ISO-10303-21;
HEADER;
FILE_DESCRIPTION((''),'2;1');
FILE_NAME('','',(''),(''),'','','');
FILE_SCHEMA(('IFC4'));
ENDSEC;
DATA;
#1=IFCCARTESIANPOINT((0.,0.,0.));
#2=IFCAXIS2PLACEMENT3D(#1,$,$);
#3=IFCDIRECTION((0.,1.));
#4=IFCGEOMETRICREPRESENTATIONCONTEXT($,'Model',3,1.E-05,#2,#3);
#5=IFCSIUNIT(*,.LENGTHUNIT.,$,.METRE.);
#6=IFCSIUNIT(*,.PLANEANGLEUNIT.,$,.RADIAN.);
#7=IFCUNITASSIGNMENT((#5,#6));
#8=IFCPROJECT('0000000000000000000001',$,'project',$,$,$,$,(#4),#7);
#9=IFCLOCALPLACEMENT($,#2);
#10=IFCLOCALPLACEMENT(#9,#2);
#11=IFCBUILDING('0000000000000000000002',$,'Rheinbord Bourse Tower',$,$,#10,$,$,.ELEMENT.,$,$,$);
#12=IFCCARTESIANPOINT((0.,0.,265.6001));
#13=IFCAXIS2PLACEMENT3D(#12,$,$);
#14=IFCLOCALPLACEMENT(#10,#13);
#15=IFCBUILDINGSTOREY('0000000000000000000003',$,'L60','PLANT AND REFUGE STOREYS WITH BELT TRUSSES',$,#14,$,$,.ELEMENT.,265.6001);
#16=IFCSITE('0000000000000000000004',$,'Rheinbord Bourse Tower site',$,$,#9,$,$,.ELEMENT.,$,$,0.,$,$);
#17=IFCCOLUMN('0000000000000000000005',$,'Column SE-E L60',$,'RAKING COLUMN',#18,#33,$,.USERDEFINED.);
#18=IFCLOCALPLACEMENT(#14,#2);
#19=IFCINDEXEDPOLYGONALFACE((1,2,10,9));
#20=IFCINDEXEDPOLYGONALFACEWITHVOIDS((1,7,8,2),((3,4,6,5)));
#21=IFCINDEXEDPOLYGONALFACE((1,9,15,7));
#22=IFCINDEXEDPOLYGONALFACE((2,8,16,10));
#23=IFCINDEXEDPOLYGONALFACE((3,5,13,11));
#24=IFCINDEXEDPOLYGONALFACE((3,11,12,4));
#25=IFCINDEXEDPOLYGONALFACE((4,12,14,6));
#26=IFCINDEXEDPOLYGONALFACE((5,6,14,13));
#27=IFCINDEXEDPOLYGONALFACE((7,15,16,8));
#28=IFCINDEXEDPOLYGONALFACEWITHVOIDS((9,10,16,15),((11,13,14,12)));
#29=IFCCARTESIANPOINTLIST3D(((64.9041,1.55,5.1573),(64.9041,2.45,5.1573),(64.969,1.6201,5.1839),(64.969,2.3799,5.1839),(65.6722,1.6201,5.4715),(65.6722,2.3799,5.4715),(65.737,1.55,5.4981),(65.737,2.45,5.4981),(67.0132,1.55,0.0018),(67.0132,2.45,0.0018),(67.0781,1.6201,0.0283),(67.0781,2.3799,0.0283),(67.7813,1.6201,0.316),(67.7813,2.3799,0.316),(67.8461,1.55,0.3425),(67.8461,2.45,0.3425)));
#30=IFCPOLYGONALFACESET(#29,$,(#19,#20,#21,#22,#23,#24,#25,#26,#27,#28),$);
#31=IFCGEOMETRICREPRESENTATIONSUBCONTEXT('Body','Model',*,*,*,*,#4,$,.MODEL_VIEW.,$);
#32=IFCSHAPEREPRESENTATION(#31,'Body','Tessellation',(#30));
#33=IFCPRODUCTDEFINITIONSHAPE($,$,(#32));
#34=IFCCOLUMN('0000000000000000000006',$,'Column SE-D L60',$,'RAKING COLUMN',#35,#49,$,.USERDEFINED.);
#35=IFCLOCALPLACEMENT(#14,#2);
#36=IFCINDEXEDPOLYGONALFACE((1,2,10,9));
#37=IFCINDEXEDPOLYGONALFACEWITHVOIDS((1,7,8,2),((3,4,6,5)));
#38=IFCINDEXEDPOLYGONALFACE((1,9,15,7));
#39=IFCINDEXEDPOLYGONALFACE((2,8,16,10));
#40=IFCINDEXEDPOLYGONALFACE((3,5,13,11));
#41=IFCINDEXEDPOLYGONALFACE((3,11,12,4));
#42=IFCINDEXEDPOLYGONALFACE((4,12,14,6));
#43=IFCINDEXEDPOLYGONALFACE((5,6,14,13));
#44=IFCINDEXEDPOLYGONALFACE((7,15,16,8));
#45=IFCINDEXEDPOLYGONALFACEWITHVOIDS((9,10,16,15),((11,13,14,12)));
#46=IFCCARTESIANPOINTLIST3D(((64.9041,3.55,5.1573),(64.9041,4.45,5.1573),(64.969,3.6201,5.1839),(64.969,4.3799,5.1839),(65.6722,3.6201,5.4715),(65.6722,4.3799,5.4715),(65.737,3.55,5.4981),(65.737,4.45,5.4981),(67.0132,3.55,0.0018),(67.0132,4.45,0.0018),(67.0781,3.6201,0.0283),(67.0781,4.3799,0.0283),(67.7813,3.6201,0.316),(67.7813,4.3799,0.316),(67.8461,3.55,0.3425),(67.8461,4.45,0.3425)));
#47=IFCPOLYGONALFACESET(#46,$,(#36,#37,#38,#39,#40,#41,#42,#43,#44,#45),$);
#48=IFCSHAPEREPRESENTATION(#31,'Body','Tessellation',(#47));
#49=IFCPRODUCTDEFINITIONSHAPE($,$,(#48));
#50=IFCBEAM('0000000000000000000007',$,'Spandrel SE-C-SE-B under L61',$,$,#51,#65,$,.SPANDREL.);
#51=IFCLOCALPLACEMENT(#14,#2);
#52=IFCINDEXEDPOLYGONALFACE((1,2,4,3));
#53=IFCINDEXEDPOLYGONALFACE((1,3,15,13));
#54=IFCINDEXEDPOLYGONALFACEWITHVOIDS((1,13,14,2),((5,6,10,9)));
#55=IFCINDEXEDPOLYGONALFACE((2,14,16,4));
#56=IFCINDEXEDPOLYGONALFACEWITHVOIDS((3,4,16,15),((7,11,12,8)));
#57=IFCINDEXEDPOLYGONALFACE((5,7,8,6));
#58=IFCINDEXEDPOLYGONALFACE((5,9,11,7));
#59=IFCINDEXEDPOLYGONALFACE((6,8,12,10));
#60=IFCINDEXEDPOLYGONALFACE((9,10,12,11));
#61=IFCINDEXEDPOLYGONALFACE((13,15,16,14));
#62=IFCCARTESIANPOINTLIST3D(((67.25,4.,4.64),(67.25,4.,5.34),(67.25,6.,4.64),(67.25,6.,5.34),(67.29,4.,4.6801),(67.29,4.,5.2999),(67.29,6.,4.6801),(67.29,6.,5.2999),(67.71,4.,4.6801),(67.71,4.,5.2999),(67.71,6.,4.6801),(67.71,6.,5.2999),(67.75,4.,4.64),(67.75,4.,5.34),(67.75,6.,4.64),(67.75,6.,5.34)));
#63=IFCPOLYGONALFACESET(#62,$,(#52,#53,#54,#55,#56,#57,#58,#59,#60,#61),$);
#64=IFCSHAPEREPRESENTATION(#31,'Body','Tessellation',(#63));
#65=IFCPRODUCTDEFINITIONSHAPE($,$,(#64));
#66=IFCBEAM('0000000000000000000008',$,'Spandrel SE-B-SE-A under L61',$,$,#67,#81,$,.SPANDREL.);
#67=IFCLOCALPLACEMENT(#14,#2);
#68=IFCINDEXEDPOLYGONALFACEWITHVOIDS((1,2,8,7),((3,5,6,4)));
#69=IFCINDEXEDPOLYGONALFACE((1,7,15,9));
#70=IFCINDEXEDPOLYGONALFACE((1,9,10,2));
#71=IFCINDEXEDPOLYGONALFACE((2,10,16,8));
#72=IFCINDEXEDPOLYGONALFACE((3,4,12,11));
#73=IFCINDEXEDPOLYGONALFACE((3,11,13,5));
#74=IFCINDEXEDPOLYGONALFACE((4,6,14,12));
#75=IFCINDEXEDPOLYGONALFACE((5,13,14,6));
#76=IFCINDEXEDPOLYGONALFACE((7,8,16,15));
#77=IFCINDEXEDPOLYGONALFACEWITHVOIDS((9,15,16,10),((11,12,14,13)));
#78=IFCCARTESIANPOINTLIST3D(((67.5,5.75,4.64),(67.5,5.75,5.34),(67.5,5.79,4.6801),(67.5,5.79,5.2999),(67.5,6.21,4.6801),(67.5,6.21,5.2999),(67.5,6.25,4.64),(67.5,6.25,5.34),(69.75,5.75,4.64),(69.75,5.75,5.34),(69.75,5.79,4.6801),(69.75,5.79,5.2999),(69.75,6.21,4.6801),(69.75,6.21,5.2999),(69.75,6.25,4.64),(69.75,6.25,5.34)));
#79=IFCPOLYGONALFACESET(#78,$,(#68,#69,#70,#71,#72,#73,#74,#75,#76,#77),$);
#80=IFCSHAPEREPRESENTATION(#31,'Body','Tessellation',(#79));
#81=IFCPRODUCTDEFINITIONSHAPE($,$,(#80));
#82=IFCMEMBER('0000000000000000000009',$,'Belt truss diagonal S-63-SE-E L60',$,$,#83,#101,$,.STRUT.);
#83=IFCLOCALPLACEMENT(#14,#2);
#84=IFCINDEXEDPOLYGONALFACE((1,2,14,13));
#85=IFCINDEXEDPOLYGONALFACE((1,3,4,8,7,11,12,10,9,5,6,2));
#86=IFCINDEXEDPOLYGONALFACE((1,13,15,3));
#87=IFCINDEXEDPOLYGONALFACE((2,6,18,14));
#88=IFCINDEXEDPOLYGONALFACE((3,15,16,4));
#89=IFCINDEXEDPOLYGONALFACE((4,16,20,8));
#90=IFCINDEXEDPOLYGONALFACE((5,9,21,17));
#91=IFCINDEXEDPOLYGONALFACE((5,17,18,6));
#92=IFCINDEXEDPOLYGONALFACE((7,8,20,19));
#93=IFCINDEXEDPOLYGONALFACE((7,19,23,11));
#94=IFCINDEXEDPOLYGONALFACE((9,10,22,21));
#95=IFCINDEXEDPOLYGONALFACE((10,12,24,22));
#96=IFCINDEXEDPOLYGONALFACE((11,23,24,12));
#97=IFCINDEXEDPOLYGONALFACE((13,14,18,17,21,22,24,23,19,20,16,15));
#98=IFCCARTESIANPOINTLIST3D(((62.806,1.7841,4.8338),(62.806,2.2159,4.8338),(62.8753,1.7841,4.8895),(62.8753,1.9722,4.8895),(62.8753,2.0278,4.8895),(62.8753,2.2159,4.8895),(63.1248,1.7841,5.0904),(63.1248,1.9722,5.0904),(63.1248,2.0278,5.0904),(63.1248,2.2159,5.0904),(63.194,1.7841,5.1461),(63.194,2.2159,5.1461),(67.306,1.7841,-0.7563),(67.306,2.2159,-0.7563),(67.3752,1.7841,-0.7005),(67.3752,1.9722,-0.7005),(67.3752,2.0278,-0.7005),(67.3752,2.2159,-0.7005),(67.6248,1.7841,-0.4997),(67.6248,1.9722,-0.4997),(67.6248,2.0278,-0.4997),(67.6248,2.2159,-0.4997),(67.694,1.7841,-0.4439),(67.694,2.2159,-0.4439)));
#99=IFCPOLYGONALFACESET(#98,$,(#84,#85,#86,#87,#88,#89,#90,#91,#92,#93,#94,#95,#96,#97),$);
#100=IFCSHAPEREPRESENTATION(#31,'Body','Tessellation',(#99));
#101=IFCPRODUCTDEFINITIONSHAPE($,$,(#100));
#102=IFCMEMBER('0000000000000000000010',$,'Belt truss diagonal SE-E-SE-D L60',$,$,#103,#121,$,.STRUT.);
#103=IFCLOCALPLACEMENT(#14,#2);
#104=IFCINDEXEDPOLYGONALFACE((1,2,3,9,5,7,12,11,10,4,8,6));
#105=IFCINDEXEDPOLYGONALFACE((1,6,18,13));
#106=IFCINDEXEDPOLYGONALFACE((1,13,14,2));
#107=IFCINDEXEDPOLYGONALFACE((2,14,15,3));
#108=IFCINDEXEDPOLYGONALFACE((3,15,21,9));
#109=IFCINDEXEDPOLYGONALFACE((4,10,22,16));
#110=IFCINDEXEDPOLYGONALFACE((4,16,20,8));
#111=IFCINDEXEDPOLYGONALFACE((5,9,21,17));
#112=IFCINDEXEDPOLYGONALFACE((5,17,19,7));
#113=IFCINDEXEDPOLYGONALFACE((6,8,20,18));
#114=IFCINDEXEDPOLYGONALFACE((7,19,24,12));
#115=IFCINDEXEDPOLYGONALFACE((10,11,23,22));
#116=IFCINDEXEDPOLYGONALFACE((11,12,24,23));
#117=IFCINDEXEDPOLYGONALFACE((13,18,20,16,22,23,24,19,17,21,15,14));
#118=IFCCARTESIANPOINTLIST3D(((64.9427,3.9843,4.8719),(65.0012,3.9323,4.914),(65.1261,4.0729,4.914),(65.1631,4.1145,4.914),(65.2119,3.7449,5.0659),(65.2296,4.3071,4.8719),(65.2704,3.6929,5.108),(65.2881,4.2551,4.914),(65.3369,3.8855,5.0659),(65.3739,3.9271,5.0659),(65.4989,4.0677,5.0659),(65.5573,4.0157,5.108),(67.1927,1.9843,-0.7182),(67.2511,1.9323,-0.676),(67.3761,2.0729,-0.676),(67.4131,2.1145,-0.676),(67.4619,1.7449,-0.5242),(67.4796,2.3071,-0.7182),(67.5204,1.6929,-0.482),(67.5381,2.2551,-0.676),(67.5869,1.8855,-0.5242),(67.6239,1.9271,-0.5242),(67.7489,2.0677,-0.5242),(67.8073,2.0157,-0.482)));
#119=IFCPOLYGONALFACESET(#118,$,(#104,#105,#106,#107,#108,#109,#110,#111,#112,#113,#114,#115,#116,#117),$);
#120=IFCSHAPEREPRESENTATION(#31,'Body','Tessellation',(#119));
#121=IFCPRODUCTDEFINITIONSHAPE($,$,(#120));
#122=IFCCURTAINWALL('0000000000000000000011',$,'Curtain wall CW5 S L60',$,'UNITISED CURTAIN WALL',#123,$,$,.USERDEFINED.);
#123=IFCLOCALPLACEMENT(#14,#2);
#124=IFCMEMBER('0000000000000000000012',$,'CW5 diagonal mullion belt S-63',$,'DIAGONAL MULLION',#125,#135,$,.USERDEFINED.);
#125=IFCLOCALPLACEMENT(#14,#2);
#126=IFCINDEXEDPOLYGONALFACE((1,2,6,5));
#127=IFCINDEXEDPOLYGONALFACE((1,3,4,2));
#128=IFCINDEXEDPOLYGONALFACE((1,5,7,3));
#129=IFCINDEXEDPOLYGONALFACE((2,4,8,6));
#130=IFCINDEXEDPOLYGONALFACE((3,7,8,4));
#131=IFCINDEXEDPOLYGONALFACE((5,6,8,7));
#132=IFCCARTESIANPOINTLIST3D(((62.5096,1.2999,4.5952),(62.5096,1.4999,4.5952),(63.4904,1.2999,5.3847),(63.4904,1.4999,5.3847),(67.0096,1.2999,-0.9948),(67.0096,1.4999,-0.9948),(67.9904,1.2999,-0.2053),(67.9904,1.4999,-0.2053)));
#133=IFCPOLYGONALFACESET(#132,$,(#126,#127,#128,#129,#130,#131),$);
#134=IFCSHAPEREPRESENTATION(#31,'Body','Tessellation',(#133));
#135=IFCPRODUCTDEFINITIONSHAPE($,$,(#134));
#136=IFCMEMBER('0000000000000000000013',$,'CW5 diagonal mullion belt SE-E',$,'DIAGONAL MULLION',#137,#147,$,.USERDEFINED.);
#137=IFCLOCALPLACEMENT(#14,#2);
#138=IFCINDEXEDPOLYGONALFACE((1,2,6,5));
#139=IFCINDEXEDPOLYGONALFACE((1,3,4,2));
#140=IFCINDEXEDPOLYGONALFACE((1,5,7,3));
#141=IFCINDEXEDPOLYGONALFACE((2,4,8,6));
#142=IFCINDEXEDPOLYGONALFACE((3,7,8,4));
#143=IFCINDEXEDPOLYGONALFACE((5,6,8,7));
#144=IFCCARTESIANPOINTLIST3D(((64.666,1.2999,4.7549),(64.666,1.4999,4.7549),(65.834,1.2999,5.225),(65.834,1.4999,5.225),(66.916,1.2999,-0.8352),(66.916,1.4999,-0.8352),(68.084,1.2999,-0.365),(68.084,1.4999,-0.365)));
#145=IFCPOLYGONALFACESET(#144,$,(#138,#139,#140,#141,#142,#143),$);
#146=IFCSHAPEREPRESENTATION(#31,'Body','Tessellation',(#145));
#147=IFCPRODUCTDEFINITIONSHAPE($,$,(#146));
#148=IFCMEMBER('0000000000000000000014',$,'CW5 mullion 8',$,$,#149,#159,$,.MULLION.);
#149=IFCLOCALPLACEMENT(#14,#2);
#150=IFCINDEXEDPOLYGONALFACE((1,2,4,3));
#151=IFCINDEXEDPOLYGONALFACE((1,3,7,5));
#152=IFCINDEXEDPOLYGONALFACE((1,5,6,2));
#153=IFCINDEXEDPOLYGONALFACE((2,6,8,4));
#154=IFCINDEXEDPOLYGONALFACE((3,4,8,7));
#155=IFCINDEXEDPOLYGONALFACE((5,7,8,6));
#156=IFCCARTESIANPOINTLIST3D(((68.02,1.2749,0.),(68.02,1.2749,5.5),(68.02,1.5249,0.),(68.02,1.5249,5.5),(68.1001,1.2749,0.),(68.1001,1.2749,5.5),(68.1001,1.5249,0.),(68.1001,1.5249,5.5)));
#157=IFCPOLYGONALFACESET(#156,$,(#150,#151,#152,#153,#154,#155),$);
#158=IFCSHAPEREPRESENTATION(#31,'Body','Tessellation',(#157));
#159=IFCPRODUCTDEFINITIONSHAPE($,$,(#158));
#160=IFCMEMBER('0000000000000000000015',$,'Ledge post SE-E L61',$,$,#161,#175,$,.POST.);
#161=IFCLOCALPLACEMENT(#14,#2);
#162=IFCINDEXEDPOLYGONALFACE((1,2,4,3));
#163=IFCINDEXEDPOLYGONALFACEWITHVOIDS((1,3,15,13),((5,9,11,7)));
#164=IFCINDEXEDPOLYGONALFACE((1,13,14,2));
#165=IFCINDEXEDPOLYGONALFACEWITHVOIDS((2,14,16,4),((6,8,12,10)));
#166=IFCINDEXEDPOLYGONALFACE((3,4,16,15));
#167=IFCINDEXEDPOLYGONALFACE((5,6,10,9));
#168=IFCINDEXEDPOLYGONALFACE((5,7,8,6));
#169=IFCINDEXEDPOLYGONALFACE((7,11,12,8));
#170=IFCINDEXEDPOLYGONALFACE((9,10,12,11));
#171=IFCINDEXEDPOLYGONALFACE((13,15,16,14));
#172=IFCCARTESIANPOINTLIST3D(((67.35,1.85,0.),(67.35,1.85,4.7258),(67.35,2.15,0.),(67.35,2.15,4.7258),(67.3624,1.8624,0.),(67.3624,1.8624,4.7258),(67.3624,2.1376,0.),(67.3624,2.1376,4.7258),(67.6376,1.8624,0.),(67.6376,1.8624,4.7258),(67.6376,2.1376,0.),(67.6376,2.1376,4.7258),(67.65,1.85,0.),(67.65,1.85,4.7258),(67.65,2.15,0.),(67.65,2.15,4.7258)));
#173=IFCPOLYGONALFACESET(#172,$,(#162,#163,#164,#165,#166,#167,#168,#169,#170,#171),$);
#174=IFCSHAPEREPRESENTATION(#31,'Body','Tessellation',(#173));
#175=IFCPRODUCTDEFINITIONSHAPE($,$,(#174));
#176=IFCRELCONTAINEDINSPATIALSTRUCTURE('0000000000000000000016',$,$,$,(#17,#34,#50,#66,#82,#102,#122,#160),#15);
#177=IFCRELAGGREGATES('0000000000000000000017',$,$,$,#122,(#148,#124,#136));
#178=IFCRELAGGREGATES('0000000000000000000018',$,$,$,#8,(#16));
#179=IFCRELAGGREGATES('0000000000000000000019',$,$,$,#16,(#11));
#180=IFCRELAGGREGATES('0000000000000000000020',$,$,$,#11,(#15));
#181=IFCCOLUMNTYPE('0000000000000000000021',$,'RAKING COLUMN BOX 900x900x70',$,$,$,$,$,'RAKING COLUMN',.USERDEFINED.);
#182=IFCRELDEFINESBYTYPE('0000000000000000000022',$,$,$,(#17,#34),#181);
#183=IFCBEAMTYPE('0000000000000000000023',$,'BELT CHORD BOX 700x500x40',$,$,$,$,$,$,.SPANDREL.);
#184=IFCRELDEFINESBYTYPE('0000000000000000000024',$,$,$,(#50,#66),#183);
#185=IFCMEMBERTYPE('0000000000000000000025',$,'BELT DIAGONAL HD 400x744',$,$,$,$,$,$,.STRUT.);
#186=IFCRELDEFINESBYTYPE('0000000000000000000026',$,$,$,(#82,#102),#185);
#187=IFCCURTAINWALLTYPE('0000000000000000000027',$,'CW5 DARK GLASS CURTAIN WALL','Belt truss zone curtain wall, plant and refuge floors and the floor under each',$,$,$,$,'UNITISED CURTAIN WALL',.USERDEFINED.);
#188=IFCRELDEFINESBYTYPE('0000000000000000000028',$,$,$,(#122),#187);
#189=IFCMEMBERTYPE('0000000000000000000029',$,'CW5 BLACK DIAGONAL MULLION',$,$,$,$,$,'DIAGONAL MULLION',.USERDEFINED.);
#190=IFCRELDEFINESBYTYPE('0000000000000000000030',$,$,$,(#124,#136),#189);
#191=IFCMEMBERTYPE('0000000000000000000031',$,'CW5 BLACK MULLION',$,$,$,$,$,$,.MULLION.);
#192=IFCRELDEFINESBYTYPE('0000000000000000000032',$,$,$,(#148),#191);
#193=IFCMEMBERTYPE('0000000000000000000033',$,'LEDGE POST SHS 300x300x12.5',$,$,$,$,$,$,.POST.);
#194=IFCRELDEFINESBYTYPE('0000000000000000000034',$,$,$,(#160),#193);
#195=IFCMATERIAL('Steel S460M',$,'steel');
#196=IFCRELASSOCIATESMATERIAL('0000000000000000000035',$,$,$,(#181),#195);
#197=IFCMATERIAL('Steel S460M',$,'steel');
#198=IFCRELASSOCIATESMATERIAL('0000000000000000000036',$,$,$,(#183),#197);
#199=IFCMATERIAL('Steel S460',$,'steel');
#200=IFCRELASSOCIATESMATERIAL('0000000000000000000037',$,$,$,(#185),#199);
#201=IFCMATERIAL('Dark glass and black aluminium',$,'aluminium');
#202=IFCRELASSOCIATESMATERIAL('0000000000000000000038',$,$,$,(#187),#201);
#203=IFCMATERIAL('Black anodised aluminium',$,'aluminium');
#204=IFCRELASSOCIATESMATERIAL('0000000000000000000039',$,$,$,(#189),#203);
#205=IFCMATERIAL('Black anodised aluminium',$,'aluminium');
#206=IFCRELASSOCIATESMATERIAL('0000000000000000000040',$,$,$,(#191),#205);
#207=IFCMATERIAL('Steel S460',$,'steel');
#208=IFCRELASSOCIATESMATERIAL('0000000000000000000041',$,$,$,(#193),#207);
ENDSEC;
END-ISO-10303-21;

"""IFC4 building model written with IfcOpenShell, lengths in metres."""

from ifc_helpers import new_model, si_unit, direction, frame, origin, origin_2d, place, context, subcontext, project, spatial, rectangle, hollow_rectangle, i_section, extrude, material, material_profile, profile_set, type_object, element, aggregate, save


model = new_model("IFC4")

# Units and contexts
model_context = context("Model", 3, precision=1e-05, world=origin(), true_north=direction((0.0, 1.0)))
body_context = subcontext(model_context, "Body", "Model", "MODEL_VIEW")
ifc_project = project(units=[si_unit("LENGTHUNIT", "METRE"), si_unit("PLANEANGLEUNIT", "RADIAN")], contexts=[model_context])

# Site, building, storey
site_placement = place(None, origin())
site = spatial("IfcSite", under=ifc_project, at=site_placement, Name="Rheinbord Bourse Tower site", CompositionType="ELEMENT", RefElevation=0.0)
building_placement = place(site_placement, origin())
building = spatial("IfcBuilding", under=site, at=building_placement, Name="Rheinbord Bourse Tower", CompositionType="ELEMENT")
storey_placement = place(building_placement, frame((0.0, 0.0, 265.6001)))
storey = spatial("IfcBuildingStorey", under=building, at=storey_placement, Name="L60", Description="PLANT AND REFUGE STOREYS WITH BELT TRUSSES", CompositionType="ELEMENT", Elevation=265.6001)

# Columns
ifc_material_1 = material(Name="Steel S460M", Category="steel")
ifc_material_profile_1 = material_profile(ifc_material_1, hollow_rectangle(XDim=0.8999, YDim=0.8999, WallThickness=0.0701, at=origin_2d()), Name="BOX 900x900x70")
ifc_profile_set_1 = profile_set([ifc_material_profile_1], Name="Steel S460M")
column_type = type_object("IfcColumnType", Name="RAKING COLUMN BOX 900x900x70", ElementType="RAKING COLUMN", PredefinedType="USERDEFINED", material=ifc_profile_set_1)
for number, where, z_axis, x_axis, name in (
    (1, (67.4297, 2.0, 0.1721), (-0.378633, 0.0, 0.925547), (0.0, -1.0, 0.0), "Column SE-E L60"),
    (2, (67.4297, 4.0, 0.1721), (-0.378633, 0.0, 0.925547), (0.0, -1.0, 0.0), "Column SE-D L60"),
):
    element("IfcColumn", number, at=place(storey_placement, frame(where, z_axis=z_axis, x_axis=x_axis)), inside=storey, type_object=column_type, Name=name, ObjectType="RAKING COLUMN", PredefinedType="USERDEFINED", context=body_context, shape_type="SweptSolid", body=[
        extrude(hollow_rectangle(XDim=0.8999, YDim=0.8999, WallThickness=0.0701, at=origin_2d()), origin(), (0.0, 0.0, 1.0), 5.5703),
    ])

# Beams
ifc_material_2 = material(Name="Steel S460M", Category="steel")
ifc_material_profile_2 = material_profile(ifc_material_2, hollow_rectangle(XDim=0.5, YDim=0.7, WallThickness=0.04, at=origin_2d()), Name="BOX 700x500x40")
ifc_profile_set_2 = profile_set([ifc_material_profile_2], Name="Steel S460M")
beam_type = type_object("IfcBeamType", Name="BELT CHORD BOX 700x500x40", PredefinedType="SPANDREL", material=ifc_profile_set_2)
beam_1_placement = place(storey_placement, frame((67.5, 4.0, 4.99), z_axis=(0.0, 1.0, 0.0), x_axis=(-1.0, 0.0, 0.0)))
element("IfcBeam", 3, at=beam_1_placement, inside=storey, type_object=beam_type, Name="Spandrel SE-C-SE-B under L61", PredefinedType="SPANDREL", context=body_context, shape_type="SweptSolid", body=[
    extrude(hollow_rectangle(XDim=0.5, YDim=0.7, WallThickness=0.04, at=origin_2d()), origin(), (0.0, 0.0, 1.0), 2.0),
])
beam_2_placement = place(storey_placement, frame((67.5, 6.0, 4.99), z_axis=(1.0, 0.0, 0.0), x_axis=(0.0, 1.0, 0.0)))
element("IfcBeam", 4, at=beam_2_placement, inside=storey, type_object=beam_type, Name="Spandrel SE-B-SE-A under L61", PredefinedType="SPANDREL", context=body_context, shape_type="SweptSolid", body=[
    extrude(hollow_rectangle(XDim=0.5, YDim=0.7, WallThickness=0.04, at=origin_2d()), origin(), (0.0, 0.0, 1.0), 2.25),
])

# Members
ifc_material_3 = material(Name="Steel S460", Category="steel")
ifc_material_profile_3 = material_profile(ifc_material_3, i_section(OverallWidth=0.4319, OverallDepth=0.498, WebThickness=0.0557, FlangeThickness=0.0889, at=origin_2d()), Name="HD 400x744")
ifc_profile_set_3 = profile_set([ifc_material_profile_3], Name="Steel S460")
member_type_1 = type_object("IfcMemberType", Name="BELT DIAGONAL HD 400x744", PredefinedType="STRUT", material=ifc_profile_set_3)
member_1_placement = place(storey_placement, frame((67.5, 2.0, -0.6001), z_axis=(-0.627065, 0.0, 0.778967), x_axis=(0.0, -1.0, 0.0)))
element("IfcMember", 5, at=member_1_placement, inside=storey, type_object=member_type_1, Name="Belt truss diagonal S-63-SE-E L60", PredefinedType="STRUT", context=body_context, shape_type="SweptSolid", body=[
    extrude(i_section(OverallWidth=0.4319, OverallDepth=0.498, WebThickness=0.0557, FlangeThickness=0.0889, at=origin_2d()), origin(), (0.0, 0.0, 1.0), 7.1763),
])
member_2_placement = place(storey_placement, frame((67.5, 2.0, -0.6001), z_axis=(-0.354379, 0.315003, 0.880448), x_axis=(-0.664364, -0.747409, 0.0)))
element("IfcMember", 6, at=member_2_placement, inside=storey, type_object=member_type_1, Name="Belt truss diagonal SE-E-SE-D L60", PredefinedType="STRUT", context=body_context, shape_type="SweptSolid", body=[
    extrude(i_section(OverallWidth=0.4319, OverallDepth=0.498, WebThickness=0.0557, FlangeThickness=0.0889, at=origin_2d()), origin(), (0.0, 0.0, 1.0), 6.3491),
])

# Curtain wall, members
ifc_material_4 = material(Name="Dark glass and black aluminium", Category="aluminium")
curtain_wall_type = type_object("IfcCurtainWallType", Name="CW5 DARK GLASS CURTAIN WALL", Description="Belt truss zone curtain wall, plant and refuge floors and the floor under each", ElementType="UNITISED CURTAIN WALL", PredefinedType="USERDEFINED", material=ifc_material_4)
curtain_wall_placement = place(storey_placement, origin())
curtain_wall = element("IfcCurtainWall", 7, at=curtain_wall_placement, inside=storey, type_object=curtain_wall_type, Name="Curtain wall CW5 S L60", ObjectType="UNITISED CURTAIN WALL", PredefinedType="USERDEFINED")
ifc_material_5 = material(Name="Black anodised aluminium", Category="aluminium")
ifc_material_profile_4 = material_profile(ifc_material_5, rectangle(XDim=0.2, YDim=1.259, at=origin_2d()), Name="CW5 DIAGONAL MULLION 1259x200")
ifc_profile_set_4 = profile_set([ifc_material_profile_4], Name="Black anodised aluminium")
member_type_2 = type_object("IfcMemberType", Name="CW5 BLACK DIAGONAL MULLION", ElementType="DIAGONAL MULLION", PredefinedType="USERDEFINED", material=ifc_profile_set_4)
member_3_placement = place(storey_placement, frame((67.5, 1.3999, -0.6001), z_axis=(-0.627065, 0.0, 0.778967), x_axis=(0.0, -1.0, 0.0)))
member_3 = element("IfcMember", 8, at=member_3_placement, type_object=member_type_2, Name="CW5 diagonal mullion belt S-63", ObjectType="DIAGONAL MULLION", PredefinedType="USERDEFINED", context=body_context, shape_type="SweptSolid", body=[
    extrude(rectangle(XDim=0.2, YDim=1.259, at=origin_2d()), origin(), (0.0, 0.0, 1.0), 7.1763),
])
member_4_placement = place(storey_placement, frame((67.5, 1.3999, -0.6001), z_axis=(-0.373388, 0.0, 0.927675), x_axis=(0.0, -1.0, 0.0)))
member_4 = element("IfcMember", 9, at=member_4_placement, type_object=member_type_2, Name="CW5 diagonal mullion belt SE-E", ObjectType="DIAGONAL MULLION", PredefinedType="USERDEFINED", context=body_context, shape_type="SweptSolid", body=[
    extrude(rectangle(XDim=0.2, YDim=1.259, at=origin_2d()), origin(), (0.0, 0.0, 1.0), 6.0259),
])
ifc_material_6 = material(Name="Black anodised aluminium", Category="aluminium")
ifc_material_profile_5 = material_profile(ifc_material_6, rectangle(XDim=0.25, YDim=0.0801, at=origin_2d()), Name="CW5 MULLION 80x250")
ifc_profile_set_5 = profile_set([ifc_material_profile_5], Name="Black anodised aluminium")
member_type_3 = type_object("IfcMemberType", Name="CW5 BLACK MULLION", PredefinedType="MULLION", material=ifc_profile_set_5)
member_5_placement = place(storey_placement, frame((68.0601, 1.3999, 0.0), z_axis=(0.0, 0.0, 1.0), x_axis=(0.0, 1.0, 0.0)))
member_5 = element("IfcMember", 10, at=member_5_placement, type_object=member_type_3, Name="CW5 mullion 8", PredefinedType="MULLION", context=body_context, shape_type="SweptSolid", body=[
    extrude(rectangle(XDim=0.25, YDim=0.0801, at=origin_2d()), origin(), (0.0, 0.0, 1.0), 5.5),
])

# Member
ifc_material_7 = material(Name="Steel S460", Category="steel")
ifc_material_profile_6 = material_profile(ifc_material_7, hollow_rectangle(XDim=0.3, YDim=0.3, WallThickness=0.0125, at=origin_2d()), Name="SHS 300x300x12.5")
ifc_profile_set_6 = profile_set([ifc_material_profile_6], Name="Steel S460")
member_type_4 = type_object("IfcMemberType", Name="LEDGE POST SHS 300x300x12.5", PredefinedType="POST", material=ifc_profile_set_6)
member_6_placement = place(storey_placement, frame((67.5, 2.0, 0.0), z_axis=(0.0, 0.0, 1.0), x_axis=(1.0, 0.0, 0.0)))
element("IfcMember", 11, at=member_6_placement, inside=storey, type_object=member_type_4, Name="Ledge post SE-E L61", PredefinedType="POST", context=body_context, shape_type="SweptSolid", body=[
    extrude(hollow_rectangle(XDim=0.3, YDim=0.3, WallThickness=0.0125, at=origin_2d()), origin(), (0.0, 0.0, 1.0), 4.7258),
])

aggregate(curtain_wall, [member_5, member_3, member_4])

save(model, "model.ifc")
